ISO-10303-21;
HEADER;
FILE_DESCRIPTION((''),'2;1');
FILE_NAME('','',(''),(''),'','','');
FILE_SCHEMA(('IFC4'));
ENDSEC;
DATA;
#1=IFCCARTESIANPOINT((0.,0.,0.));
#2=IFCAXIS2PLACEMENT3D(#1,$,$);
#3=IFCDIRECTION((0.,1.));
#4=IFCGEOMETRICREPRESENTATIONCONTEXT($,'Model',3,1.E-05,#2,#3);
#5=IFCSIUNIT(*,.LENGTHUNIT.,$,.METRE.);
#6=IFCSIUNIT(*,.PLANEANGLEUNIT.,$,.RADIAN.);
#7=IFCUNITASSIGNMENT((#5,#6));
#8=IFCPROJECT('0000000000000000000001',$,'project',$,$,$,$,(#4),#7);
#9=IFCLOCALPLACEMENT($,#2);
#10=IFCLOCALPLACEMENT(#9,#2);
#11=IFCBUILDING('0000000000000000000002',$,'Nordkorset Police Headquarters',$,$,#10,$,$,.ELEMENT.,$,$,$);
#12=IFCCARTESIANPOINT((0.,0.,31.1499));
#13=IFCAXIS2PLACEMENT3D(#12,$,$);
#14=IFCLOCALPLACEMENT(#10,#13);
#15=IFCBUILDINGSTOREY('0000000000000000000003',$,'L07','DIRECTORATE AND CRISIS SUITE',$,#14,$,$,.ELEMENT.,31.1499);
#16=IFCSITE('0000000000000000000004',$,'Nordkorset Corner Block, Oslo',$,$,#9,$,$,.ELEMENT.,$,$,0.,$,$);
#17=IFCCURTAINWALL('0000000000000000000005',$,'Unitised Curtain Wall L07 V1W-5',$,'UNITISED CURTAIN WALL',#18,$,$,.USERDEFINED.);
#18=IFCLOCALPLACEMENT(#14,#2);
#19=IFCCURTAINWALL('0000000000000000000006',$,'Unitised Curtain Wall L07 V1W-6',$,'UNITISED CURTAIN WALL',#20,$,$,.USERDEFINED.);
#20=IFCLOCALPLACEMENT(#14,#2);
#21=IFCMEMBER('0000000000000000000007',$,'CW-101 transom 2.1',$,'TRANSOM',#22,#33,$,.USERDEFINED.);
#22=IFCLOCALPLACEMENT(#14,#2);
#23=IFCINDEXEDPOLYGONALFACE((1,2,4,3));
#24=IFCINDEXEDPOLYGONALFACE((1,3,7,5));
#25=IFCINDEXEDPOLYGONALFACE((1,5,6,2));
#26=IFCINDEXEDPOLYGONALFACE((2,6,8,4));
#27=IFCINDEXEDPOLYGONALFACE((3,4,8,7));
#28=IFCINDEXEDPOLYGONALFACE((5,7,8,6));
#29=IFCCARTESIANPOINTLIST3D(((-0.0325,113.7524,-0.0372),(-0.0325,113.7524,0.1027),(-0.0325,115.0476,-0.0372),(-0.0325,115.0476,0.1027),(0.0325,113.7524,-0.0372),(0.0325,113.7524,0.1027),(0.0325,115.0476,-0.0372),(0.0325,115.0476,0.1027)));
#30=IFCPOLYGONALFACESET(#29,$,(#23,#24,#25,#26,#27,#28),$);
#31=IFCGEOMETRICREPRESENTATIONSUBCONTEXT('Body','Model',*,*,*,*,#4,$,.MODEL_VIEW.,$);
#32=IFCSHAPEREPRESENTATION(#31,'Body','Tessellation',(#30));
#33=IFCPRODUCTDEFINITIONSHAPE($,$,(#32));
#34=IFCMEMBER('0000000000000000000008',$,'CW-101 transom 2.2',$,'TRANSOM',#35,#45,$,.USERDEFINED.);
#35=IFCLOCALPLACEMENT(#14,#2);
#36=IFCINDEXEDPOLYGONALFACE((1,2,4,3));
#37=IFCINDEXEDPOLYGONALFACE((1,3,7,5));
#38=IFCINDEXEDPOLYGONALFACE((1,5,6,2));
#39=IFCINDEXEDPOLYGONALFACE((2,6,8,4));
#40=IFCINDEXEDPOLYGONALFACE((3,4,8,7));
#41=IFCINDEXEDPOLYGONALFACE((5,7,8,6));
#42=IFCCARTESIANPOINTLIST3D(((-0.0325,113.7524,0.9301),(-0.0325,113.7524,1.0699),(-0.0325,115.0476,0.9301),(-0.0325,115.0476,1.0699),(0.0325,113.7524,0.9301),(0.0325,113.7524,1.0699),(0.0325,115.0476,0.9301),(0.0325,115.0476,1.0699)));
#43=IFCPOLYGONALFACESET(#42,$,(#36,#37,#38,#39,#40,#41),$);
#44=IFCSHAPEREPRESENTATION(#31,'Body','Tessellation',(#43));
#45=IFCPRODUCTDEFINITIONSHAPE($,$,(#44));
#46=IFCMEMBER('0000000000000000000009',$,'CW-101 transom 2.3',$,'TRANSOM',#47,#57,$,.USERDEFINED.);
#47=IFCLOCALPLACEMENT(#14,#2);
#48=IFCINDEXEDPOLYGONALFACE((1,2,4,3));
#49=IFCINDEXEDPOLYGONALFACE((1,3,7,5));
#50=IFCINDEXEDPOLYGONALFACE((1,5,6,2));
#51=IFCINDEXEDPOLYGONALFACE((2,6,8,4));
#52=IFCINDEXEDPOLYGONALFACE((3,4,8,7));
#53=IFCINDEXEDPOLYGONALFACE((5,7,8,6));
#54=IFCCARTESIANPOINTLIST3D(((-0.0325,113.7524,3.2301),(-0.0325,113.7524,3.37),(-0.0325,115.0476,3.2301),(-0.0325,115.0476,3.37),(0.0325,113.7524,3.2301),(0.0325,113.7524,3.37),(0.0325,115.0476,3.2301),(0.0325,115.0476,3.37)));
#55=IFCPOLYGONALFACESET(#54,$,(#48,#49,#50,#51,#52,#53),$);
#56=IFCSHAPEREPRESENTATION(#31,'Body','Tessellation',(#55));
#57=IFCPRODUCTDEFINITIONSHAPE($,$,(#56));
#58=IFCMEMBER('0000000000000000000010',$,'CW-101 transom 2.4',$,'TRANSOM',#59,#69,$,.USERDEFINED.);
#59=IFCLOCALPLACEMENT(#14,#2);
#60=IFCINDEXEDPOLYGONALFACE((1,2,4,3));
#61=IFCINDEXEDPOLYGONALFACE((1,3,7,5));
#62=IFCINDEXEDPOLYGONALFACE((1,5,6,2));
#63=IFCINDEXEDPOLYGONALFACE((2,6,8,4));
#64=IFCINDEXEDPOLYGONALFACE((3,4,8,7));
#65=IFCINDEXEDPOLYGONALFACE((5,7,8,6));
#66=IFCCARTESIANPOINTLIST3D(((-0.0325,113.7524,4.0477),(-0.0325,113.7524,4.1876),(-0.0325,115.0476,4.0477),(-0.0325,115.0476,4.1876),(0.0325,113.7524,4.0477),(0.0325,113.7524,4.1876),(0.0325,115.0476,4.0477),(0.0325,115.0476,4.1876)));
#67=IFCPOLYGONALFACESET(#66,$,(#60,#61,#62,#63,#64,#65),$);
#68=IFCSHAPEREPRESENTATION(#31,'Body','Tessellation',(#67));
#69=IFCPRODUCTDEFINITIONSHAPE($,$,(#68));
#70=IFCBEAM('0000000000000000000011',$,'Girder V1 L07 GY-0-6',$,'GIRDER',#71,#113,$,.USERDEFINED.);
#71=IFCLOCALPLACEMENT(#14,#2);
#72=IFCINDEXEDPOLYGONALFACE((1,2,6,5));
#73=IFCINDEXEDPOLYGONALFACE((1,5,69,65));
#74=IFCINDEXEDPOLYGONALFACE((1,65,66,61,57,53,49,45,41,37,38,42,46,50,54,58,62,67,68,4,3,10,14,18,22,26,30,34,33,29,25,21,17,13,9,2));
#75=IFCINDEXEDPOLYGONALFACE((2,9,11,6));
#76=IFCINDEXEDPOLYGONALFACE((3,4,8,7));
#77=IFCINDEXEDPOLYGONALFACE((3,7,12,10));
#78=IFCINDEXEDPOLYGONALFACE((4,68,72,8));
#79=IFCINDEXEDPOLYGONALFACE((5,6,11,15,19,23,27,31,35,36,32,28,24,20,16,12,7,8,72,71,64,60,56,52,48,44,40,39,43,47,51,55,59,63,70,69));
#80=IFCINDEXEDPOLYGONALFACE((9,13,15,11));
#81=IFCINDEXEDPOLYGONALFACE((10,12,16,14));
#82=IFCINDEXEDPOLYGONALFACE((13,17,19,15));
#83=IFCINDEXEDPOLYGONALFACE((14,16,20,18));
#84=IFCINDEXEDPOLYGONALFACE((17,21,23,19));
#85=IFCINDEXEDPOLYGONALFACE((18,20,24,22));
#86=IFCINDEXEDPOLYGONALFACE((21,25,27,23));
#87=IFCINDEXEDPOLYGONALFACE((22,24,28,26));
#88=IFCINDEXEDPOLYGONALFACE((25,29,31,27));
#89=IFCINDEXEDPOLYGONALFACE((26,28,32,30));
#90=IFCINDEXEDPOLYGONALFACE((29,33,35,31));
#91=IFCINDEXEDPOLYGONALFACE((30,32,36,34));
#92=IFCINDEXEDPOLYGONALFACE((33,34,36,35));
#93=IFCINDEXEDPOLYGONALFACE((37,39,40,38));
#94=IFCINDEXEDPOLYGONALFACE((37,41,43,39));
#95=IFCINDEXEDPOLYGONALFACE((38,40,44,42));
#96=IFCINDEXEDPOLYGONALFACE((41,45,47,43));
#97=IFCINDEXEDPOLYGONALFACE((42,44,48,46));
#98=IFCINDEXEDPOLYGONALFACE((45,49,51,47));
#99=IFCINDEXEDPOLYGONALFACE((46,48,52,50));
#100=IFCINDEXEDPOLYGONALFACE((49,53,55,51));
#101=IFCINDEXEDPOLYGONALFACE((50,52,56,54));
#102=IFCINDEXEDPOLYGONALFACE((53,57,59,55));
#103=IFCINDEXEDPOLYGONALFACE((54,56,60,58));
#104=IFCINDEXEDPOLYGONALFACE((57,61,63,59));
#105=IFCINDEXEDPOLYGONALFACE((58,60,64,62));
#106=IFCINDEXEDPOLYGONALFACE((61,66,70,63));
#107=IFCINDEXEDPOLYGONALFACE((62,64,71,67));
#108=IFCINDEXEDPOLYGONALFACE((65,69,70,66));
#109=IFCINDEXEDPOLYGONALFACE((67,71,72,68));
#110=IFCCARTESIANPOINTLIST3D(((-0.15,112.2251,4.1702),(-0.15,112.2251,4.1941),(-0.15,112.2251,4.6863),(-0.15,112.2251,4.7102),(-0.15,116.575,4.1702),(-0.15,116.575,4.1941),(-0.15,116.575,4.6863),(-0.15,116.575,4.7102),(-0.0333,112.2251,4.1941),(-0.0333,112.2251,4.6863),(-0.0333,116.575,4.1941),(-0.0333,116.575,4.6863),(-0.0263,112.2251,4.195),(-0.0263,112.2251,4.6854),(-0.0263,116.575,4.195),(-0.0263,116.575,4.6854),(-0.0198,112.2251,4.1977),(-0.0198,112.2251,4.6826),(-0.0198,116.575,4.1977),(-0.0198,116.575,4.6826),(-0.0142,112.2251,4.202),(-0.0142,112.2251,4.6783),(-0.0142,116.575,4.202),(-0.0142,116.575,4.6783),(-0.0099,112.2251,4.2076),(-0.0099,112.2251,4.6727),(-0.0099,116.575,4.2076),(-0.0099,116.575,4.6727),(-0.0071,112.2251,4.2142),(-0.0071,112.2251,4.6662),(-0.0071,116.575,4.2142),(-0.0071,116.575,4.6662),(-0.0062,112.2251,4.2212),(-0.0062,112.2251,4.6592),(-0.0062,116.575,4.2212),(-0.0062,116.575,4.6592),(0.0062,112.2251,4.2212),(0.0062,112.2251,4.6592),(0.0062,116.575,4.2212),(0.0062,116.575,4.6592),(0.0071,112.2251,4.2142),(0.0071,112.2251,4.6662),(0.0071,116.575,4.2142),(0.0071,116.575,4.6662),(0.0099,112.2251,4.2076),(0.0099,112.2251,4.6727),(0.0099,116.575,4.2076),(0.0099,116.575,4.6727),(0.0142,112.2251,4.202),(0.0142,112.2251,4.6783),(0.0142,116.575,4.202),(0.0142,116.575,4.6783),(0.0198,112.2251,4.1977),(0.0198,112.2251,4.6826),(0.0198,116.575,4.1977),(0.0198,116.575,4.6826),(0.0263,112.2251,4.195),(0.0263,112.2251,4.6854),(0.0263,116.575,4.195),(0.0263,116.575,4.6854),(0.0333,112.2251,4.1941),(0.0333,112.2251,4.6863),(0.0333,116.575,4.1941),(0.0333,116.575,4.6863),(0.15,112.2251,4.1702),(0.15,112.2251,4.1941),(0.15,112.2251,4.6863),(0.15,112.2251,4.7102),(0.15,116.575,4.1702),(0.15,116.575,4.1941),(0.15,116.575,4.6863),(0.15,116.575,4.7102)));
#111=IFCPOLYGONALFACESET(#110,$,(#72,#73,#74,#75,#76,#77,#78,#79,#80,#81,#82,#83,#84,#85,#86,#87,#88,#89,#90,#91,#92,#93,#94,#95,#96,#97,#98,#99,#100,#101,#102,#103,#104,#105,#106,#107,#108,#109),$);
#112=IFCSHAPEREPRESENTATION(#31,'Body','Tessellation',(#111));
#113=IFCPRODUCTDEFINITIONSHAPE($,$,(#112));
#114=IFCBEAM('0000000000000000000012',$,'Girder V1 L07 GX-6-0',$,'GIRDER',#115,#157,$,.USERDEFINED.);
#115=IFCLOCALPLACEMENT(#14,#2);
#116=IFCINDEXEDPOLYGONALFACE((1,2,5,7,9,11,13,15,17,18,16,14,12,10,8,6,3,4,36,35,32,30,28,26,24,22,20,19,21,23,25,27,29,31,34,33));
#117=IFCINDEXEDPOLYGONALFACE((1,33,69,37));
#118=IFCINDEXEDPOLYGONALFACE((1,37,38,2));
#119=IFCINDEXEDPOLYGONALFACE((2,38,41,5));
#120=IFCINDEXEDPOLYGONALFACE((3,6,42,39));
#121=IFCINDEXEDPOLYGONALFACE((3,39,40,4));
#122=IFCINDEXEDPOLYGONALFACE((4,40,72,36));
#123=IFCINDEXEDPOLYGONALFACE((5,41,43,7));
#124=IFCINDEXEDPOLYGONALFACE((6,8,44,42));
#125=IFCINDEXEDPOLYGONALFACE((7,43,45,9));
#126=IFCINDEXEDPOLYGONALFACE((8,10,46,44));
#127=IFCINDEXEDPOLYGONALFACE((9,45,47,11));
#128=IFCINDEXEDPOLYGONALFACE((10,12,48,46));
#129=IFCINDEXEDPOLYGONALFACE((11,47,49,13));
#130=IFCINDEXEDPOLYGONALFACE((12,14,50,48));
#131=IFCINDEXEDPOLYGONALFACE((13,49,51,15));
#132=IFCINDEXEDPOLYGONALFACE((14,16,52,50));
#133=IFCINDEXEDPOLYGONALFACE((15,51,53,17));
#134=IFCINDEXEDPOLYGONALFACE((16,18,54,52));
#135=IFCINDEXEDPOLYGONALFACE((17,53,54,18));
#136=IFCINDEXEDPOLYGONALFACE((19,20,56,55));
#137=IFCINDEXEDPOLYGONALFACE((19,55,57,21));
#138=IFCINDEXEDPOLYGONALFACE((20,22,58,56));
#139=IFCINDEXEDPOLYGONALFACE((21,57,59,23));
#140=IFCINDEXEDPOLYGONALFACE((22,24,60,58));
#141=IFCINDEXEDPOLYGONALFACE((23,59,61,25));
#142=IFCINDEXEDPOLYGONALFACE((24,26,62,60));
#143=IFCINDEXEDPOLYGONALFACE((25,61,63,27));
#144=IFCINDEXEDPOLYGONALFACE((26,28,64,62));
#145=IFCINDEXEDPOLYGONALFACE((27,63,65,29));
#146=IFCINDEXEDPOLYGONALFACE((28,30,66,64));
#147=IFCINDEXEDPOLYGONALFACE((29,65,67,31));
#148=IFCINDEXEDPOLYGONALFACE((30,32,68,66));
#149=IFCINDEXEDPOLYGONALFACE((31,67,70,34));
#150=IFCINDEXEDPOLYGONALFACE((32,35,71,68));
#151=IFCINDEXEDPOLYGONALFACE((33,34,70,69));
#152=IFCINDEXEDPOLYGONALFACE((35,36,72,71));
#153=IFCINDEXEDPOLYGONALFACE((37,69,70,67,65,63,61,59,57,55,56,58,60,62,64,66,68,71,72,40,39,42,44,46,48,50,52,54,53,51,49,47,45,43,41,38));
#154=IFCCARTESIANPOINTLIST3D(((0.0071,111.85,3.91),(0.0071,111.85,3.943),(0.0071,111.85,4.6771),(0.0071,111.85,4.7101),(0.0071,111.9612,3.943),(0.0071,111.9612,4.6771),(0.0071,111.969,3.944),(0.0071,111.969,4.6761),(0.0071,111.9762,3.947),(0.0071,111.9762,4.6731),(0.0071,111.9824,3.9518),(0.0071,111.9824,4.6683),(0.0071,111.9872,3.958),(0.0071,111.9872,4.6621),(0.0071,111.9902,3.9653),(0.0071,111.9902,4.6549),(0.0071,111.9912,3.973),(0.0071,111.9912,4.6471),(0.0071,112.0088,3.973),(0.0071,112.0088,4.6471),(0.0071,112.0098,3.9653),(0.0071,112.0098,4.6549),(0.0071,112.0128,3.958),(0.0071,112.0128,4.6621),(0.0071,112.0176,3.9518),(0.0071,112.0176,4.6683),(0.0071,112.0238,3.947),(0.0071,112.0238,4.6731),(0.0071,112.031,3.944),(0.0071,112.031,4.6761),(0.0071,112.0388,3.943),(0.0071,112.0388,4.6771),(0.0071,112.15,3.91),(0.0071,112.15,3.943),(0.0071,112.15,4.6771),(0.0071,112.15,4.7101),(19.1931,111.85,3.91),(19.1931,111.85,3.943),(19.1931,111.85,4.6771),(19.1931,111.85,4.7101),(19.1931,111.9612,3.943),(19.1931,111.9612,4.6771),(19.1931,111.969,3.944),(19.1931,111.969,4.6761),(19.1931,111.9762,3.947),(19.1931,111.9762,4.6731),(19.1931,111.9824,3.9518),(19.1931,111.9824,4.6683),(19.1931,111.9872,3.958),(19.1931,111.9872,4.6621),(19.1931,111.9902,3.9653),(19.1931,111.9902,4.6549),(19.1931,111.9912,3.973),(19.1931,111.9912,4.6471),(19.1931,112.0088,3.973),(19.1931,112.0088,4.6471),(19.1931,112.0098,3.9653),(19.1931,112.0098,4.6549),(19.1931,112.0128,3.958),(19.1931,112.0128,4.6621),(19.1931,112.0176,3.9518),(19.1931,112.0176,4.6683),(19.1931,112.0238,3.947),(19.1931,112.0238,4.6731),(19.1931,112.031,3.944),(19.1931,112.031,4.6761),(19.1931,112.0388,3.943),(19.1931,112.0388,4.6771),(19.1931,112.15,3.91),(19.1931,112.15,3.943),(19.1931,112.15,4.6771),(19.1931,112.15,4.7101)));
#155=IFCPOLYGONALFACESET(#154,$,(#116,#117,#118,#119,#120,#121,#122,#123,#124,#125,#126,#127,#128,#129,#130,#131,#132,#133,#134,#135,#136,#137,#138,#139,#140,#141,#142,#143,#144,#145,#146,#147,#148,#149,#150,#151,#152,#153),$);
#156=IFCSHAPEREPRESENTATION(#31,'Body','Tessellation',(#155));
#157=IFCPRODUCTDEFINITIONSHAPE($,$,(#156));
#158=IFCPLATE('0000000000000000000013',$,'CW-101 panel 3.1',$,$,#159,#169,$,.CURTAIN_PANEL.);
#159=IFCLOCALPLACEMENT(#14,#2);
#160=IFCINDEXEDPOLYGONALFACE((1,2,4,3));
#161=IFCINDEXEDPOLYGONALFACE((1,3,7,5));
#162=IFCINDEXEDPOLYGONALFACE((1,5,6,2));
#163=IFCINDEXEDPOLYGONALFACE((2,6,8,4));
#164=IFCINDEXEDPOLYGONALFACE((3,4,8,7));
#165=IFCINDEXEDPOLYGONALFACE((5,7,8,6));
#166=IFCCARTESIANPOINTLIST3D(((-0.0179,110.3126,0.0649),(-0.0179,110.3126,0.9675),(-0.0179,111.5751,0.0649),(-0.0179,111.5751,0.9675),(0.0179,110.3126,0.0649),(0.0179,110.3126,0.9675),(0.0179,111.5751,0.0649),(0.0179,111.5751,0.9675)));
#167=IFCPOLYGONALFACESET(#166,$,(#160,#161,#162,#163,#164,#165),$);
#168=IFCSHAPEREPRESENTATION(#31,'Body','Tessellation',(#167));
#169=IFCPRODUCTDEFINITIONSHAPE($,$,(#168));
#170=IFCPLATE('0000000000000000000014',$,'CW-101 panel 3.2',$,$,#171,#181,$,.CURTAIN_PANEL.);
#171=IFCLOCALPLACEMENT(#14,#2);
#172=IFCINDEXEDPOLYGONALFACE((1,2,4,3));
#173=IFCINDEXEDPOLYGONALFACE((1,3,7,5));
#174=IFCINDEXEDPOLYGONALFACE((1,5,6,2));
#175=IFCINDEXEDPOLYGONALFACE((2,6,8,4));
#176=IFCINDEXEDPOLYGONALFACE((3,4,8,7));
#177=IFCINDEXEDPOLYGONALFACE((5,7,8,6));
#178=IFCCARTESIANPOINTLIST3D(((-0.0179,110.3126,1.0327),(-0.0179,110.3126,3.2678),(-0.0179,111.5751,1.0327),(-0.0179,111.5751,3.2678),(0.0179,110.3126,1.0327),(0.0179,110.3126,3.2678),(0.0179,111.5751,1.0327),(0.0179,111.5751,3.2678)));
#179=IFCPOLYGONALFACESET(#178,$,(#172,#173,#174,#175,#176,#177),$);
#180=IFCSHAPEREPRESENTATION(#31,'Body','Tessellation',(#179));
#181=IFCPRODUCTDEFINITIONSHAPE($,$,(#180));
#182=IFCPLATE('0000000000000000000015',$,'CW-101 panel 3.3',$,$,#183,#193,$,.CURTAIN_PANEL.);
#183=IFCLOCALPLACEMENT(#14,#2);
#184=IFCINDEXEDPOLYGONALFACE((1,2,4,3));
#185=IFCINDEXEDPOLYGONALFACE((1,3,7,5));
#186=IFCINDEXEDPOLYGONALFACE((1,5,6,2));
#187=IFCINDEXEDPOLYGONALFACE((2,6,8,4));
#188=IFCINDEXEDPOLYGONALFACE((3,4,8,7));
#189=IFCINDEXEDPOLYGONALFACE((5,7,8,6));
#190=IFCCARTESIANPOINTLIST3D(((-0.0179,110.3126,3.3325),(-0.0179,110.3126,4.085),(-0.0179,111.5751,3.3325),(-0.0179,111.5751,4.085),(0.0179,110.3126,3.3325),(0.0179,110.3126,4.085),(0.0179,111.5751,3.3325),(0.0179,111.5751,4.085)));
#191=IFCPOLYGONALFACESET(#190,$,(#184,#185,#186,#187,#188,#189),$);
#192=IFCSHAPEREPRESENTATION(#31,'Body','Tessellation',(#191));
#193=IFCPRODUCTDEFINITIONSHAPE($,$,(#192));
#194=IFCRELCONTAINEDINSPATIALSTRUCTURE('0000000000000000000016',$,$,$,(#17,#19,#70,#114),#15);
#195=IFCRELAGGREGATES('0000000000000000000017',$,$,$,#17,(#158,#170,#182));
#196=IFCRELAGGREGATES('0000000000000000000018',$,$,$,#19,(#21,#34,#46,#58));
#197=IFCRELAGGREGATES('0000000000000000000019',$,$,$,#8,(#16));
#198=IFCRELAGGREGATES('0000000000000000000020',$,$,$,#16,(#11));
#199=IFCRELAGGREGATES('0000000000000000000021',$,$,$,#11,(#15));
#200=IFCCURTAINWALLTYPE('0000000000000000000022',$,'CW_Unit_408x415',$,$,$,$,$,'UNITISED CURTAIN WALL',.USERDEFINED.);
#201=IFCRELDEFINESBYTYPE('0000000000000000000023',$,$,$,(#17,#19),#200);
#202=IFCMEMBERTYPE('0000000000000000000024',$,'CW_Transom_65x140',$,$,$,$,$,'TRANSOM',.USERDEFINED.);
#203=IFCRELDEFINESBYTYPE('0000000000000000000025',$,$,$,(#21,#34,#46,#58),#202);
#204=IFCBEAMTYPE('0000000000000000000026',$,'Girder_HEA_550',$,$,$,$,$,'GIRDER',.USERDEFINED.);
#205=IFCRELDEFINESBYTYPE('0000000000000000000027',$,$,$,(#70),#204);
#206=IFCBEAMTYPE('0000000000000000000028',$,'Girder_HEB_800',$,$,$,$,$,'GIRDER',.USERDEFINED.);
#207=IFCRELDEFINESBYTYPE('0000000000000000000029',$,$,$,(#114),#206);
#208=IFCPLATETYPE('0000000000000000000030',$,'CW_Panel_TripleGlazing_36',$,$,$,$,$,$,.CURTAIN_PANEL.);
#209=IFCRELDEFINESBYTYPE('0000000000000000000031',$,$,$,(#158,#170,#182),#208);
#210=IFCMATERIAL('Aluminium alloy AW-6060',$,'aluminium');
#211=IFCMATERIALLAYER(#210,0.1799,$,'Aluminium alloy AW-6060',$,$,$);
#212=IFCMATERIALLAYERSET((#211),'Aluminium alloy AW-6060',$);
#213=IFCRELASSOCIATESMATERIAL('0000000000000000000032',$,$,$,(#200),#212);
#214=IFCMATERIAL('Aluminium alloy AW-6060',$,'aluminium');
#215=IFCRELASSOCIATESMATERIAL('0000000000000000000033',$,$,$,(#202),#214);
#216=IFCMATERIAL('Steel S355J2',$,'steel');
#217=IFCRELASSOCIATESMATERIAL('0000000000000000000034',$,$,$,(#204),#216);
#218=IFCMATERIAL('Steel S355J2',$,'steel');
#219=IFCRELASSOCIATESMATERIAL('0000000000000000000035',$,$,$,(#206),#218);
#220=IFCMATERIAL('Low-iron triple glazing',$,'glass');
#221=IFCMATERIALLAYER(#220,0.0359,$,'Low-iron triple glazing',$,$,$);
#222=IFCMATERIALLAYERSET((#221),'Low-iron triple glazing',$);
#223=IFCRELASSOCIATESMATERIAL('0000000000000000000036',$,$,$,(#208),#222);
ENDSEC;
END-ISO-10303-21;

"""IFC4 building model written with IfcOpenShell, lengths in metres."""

from ifc_helpers import new_model, si_unit, direction, frame, origin, origin_2d, place, context, subcontext, project, spatial, rectangle, i_section, extrude, material, layer, layer_set, material_profile, profile_set, type_object, element, aggregate, save


model = new_model("IFC4")

# Units and contexts
model_context = context("Model", 3, precision=1e-05, world=origin(), true_north=direction((0.0, 1.0)))
body_context = subcontext(model_context, "Body", "Model", "MODEL_VIEW")
ifc_project = project(units=[si_unit("LENGTHUNIT", "METRE"), si_unit("PLANEANGLEUNIT", "RADIAN")], contexts=[model_context])

# Site, building, storey
site_placement = place(None, origin())
site = spatial("IfcSite", under=ifc_project, at=site_placement, Name="Nordkorset Corner Block, Oslo", CompositionType="ELEMENT", RefElevation=0.0)
building_placement = place(site_placement, origin())
building = spatial("IfcBuilding", under=site, at=building_placement, Name="Nordkorset Police Headquarters", CompositionType="ELEMENT")
storey_placement = place(building_placement, frame((0.0, 0.0, 31.1499)))
storey = spatial("IfcBuildingStorey", under=building, at=storey_placement, Name="L07", Description="DIRECTORATE AND CRISIS SUITE", CompositionType="ELEMENT", Elevation=31.1499)

# Curtain wall
ifc_material_1 = material(Name="Aluminium alloy AW-6060", Category="aluminium")
ifc_layer_1 = layer(ifc_material_1, 0.1799, Name="Aluminium alloy AW-6060")
ifc_layer_set_1 = layer_set([ifc_layer_1], Name="Aluminium alloy AW-6060")
curtain_wall_type = type_object("IfcCurtainWallType", Name="CW_Unit_408x415", ElementType="UNITISED CURTAIN WALL", PredefinedType="USERDEFINED", material=ifc_layer_set_1)
curtain_wall_1_placement = place(storey_placement, origin())
curtain_wall_1 = element("IfcCurtainWall", 1, at=curtain_wall_1_placement, inside=storey, type_object=curtain_wall_type, Name="Unitised Curtain Wall L07 V1W-5", ObjectType="UNITISED CURTAIN WALL", PredefinedType="USERDEFINED")

# Curtain wall
curtain_wall_2_placement = place(storey_placement, origin())
curtain_wall_2 = element("IfcCurtainWall", 2, at=curtain_wall_2_placement, inside=storey, type_object=curtain_wall_type, Name="Unitised Curtain Wall L07 V1W-6", ObjectType="UNITISED CURTAIN WALL", PredefinedType="USERDEFINED")

# Members
ifc_material_2 = material(Name="Aluminium alloy AW-6060", Category="aluminium")
ifc_material_profile_1 = material_profile(ifc_material_2, rectangle(XDim=0.0649, YDim=0.1399, at=origin_2d()), Name="ALU TRAN 65x140")
ifc_profile_set_1 = profile_set([ifc_material_profile_1], Name="Aluminium alloy AW-6060")
member_type_1 = type_object("IfcMemberType", Name="CW_Transom_65x140", ElementType="TRANSOM", PredefinedType="USERDEFINED", material=ifc_profile_set_1)
member_1_placement = place(storey_placement, frame((0.0, 113.7524, 0.0327), z_axis=(0.0, 1.0, 0.0), x_axis=(-1.0, 0.0, 0.0)))
member_1 = element("IfcMember", 3, at=member_1_placement, type_object=member_type_1, Name="CW-101 transom 2.1", ObjectType="TRANSOM", PredefinedType="USERDEFINED", context=body_context, shape_type="SweptSolid", body=[
    extrude(rectangle(XDim=0.0649, YDim=0.1399, at=origin_2d()), origin(), (0.0, 0.0, 1.0), 1.2952),
])
member_2_placement = place(storey_placement, frame((0.0, 113.7524, 1.0), z_axis=(0.0, 1.0, 0.0), x_axis=(-1.0, 0.0, 0.0)))
member_2 = element("IfcMember", 4, at=member_2_placement, type_object=member_type_1, Name="CW-101 transom 2.2", ObjectType="TRANSOM", PredefinedType="USERDEFINED", context=body_context, shape_type="SweptSolid", body=[
    extrude(rectangle(XDim=0.0649, YDim=0.1399, at=origin_2d()), origin(), (0.0, 0.0, 1.0), 1.2952),
])
member_3_placement = place(storey_placement, frame((0.0, 113.7524, 3.3), z_axis=(0.0, 1.0, 0.0), x_axis=(-1.0, 0.0, 0.0)))
member_3 = element("IfcMember", 5, at=member_3_placement, type_object=member_type_1, Name="CW-101 transom 2.3", ObjectType="TRANSOM", PredefinedType="USERDEFINED", context=body_context, shape_type="SweptSolid", body=[
    extrude(rectangle(XDim=0.0649, YDim=0.1399, at=origin_2d()), origin(), (0.0, 0.0, 1.0), 1.2952),
])
member_4_placement = place(storey_placement, frame((0.0, 113.7524, 4.1177), z_axis=(0.0, 1.0, 0.0), x_axis=(-1.0, 0.0, 0.0)))
member_4 = element("IfcMember", 6, at=member_4_placement, type_object=member_type_1, Name="CW-101 transom 2.4", ObjectType="TRANSOM", PredefinedType="USERDEFINED", context=body_context, shape_type="SweptSolid", body=[
    extrude(rectangle(XDim=0.0649, YDim=0.1399, at=origin_2d()), origin(), (0.0, 0.0, 1.0), 1.2952),
])

# Beams
ifc_material_3 = material(Name="Steel S355J2", Category="steel")
ifc_material_profile_2 = material_profile(ifc_material_3, i_section(OverallWidth=0.3, OverallDepth=0.54, WebThickness=0.0125, FlangeThickness=0.0239, FilletRadius=0.0271, at=origin_2d()), Name="HEA 550")
ifc_profile_set_2 = profile_set([ifc_material_profile_2], Name="Steel S355J2")
beam_type_1 = type_object("IfcBeamType", Name="Girder_HEA_550", ElementType="GIRDER", PredefinedType="USERDEFINED", material=ifc_profile_set_2)
beam_1_placement = place(storey_placement, frame((0.0, 112.2251, 4.4402), z_axis=(0.0, 1.0, 0.0), x_axis=(-1.0, 0.0, 0.0)))
element("IfcBeam", 7, at=beam_1_placement, inside=storey, type_object=beam_type_1, Name="Girder V1 L07 GY-0-6", ObjectType="GIRDER", PredefinedType="USERDEFINED", context=body_context, shape_type="SweptSolid", body=[
    extrude(i_section(OverallWidth=0.3, OverallDepth=0.54, WebThickness=0.0125, FlangeThickness=0.0239, FilletRadius=0.0271, at=origin_2d()), origin(), (0.0, 0.0, 1.0), 4.3499),
])
ifc_material_4 = material(Name="Steel S355J2", Category="steel")
ifc_material_profile_3 = material_profile(ifc_material_4, i_section(OverallWidth=0.3, OverallDepth=0.8, WebThickness=0.0176, FlangeThickness=0.033, FilletRadius=0.03, at=origin_2d()), Name="HEB 800")
ifc_profile_set_3 = profile_set([ifc_material_profile_3], Name="Steel S355J2")
beam_type_2 = type_object("IfcBeamType", Name="Girder_HEB_800", ElementType="GIRDER", PredefinedType="USERDEFINED", material=ifc_profile_set_3)
beam_2_placement = place(storey_placement, frame((0.0071, 112.0, 4.3101), z_axis=(1.0, 0.0, 0.0), x_axis=(0.0, 1.0, 0.0)))
element("IfcBeam", 8, at=beam_2_placement, inside=storey, type_object=beam_type_2, Name="Girder V1 L07 GX-6-0", ObjectType="GIRDER", PredefinedType="USERDEFINED", context=body_context, shape_type="SweptSolid", body=[
    extrude(i_section(OverallWidth=0.3, OverallDepth=0.8, WebThickness=0.0176, FlangeThickness=0.033, FilletRadius=0.03, at=origin_2d()), origin(), (0.0, 0.0, 1.0), 19.186),
])

# Plates
ifc_material_5 = material(Name="Low-iron triple glazing", Category="glass")
ifc_layer_2 = layer(ifc_material_5, 0.0359, Name="Low-iron triple glazing")
ifc_layer_set_2 = layer_set([ifc_layer_2], Name="Low-iron triple glazing")
plate_type = type_object("IfcPlateType", Name="CW_Panel_TripleGlazing_36", PredefinedType="CURTAIN_PANEL", material=ifc_layer_set_2)
plate_1_placement = place(storey_placement, frame((0.0, 110.9438, 0.0649), z_axis=(0.0, 0.0, 1.0), x_axis=(0.0, 1.0, 0.0)))
plate_1 = element("IfcPlate", 9, at=plate_1_placement, type_object=plate_type, Name="CW-101 panel 3.1", PredefinedType="CURTAIN_PANEL", context=body_context, shape_type="SweptSolid", body=[
    extrude(rectangle(XDim=1.2625, YDim=0.0359, at=origin_2d()), origin(), (0.0, 0.0, 1.0), 0.9026),
])
plate_2_placement = place(storey_placement, frame((0.0, 110.9438, 1.0327), z_axis=(0.0, 0.0, 1.0), x_axis=(0.0, 1.0, 0.0)))
plate_2 = element("IfcPlate", 10, at=plate_2_placement, type_object=plate_type, Name="CW-101 panel 3.2", PredefinedType="CURTAIN_PANEL", context=body_context, shape_type="SweptSolid", body=[
    extrude(rectangle(XDim=1.2625, YDim=0.0359, at=origin_2d()), origin(), (0.0, 0.0, 1.0), 2.2351),
])
plate_3_placement = place(storey_placement, frame((0.0, 110.9438, 3.3325), z_axis=(0.0, 0.0, 1.0), x_axis=(0.0, 1.0, 0.0)))
plate_3 = element("IfcPlate", 11, at=plate_3_placement, type_object=plate_type, Name="CW-101 panel 3.3", PredefinedType="CURTAIN_PANEL", context=body_context, shape_type="SweptSolid", body=[
    extrude(rectangle(XDim=1.2625, YDim=0.0359, at=origin_2d()), origin(), (0.0, 0.0, 1.0), 0.7524),
])
aggregate(curtain_wall_1, [plate_1, plate_2, plate_3])
aggregate(curtain_wall_2, [member_1, member_2, member_3, member_4])

save(model, "model.ifc")
